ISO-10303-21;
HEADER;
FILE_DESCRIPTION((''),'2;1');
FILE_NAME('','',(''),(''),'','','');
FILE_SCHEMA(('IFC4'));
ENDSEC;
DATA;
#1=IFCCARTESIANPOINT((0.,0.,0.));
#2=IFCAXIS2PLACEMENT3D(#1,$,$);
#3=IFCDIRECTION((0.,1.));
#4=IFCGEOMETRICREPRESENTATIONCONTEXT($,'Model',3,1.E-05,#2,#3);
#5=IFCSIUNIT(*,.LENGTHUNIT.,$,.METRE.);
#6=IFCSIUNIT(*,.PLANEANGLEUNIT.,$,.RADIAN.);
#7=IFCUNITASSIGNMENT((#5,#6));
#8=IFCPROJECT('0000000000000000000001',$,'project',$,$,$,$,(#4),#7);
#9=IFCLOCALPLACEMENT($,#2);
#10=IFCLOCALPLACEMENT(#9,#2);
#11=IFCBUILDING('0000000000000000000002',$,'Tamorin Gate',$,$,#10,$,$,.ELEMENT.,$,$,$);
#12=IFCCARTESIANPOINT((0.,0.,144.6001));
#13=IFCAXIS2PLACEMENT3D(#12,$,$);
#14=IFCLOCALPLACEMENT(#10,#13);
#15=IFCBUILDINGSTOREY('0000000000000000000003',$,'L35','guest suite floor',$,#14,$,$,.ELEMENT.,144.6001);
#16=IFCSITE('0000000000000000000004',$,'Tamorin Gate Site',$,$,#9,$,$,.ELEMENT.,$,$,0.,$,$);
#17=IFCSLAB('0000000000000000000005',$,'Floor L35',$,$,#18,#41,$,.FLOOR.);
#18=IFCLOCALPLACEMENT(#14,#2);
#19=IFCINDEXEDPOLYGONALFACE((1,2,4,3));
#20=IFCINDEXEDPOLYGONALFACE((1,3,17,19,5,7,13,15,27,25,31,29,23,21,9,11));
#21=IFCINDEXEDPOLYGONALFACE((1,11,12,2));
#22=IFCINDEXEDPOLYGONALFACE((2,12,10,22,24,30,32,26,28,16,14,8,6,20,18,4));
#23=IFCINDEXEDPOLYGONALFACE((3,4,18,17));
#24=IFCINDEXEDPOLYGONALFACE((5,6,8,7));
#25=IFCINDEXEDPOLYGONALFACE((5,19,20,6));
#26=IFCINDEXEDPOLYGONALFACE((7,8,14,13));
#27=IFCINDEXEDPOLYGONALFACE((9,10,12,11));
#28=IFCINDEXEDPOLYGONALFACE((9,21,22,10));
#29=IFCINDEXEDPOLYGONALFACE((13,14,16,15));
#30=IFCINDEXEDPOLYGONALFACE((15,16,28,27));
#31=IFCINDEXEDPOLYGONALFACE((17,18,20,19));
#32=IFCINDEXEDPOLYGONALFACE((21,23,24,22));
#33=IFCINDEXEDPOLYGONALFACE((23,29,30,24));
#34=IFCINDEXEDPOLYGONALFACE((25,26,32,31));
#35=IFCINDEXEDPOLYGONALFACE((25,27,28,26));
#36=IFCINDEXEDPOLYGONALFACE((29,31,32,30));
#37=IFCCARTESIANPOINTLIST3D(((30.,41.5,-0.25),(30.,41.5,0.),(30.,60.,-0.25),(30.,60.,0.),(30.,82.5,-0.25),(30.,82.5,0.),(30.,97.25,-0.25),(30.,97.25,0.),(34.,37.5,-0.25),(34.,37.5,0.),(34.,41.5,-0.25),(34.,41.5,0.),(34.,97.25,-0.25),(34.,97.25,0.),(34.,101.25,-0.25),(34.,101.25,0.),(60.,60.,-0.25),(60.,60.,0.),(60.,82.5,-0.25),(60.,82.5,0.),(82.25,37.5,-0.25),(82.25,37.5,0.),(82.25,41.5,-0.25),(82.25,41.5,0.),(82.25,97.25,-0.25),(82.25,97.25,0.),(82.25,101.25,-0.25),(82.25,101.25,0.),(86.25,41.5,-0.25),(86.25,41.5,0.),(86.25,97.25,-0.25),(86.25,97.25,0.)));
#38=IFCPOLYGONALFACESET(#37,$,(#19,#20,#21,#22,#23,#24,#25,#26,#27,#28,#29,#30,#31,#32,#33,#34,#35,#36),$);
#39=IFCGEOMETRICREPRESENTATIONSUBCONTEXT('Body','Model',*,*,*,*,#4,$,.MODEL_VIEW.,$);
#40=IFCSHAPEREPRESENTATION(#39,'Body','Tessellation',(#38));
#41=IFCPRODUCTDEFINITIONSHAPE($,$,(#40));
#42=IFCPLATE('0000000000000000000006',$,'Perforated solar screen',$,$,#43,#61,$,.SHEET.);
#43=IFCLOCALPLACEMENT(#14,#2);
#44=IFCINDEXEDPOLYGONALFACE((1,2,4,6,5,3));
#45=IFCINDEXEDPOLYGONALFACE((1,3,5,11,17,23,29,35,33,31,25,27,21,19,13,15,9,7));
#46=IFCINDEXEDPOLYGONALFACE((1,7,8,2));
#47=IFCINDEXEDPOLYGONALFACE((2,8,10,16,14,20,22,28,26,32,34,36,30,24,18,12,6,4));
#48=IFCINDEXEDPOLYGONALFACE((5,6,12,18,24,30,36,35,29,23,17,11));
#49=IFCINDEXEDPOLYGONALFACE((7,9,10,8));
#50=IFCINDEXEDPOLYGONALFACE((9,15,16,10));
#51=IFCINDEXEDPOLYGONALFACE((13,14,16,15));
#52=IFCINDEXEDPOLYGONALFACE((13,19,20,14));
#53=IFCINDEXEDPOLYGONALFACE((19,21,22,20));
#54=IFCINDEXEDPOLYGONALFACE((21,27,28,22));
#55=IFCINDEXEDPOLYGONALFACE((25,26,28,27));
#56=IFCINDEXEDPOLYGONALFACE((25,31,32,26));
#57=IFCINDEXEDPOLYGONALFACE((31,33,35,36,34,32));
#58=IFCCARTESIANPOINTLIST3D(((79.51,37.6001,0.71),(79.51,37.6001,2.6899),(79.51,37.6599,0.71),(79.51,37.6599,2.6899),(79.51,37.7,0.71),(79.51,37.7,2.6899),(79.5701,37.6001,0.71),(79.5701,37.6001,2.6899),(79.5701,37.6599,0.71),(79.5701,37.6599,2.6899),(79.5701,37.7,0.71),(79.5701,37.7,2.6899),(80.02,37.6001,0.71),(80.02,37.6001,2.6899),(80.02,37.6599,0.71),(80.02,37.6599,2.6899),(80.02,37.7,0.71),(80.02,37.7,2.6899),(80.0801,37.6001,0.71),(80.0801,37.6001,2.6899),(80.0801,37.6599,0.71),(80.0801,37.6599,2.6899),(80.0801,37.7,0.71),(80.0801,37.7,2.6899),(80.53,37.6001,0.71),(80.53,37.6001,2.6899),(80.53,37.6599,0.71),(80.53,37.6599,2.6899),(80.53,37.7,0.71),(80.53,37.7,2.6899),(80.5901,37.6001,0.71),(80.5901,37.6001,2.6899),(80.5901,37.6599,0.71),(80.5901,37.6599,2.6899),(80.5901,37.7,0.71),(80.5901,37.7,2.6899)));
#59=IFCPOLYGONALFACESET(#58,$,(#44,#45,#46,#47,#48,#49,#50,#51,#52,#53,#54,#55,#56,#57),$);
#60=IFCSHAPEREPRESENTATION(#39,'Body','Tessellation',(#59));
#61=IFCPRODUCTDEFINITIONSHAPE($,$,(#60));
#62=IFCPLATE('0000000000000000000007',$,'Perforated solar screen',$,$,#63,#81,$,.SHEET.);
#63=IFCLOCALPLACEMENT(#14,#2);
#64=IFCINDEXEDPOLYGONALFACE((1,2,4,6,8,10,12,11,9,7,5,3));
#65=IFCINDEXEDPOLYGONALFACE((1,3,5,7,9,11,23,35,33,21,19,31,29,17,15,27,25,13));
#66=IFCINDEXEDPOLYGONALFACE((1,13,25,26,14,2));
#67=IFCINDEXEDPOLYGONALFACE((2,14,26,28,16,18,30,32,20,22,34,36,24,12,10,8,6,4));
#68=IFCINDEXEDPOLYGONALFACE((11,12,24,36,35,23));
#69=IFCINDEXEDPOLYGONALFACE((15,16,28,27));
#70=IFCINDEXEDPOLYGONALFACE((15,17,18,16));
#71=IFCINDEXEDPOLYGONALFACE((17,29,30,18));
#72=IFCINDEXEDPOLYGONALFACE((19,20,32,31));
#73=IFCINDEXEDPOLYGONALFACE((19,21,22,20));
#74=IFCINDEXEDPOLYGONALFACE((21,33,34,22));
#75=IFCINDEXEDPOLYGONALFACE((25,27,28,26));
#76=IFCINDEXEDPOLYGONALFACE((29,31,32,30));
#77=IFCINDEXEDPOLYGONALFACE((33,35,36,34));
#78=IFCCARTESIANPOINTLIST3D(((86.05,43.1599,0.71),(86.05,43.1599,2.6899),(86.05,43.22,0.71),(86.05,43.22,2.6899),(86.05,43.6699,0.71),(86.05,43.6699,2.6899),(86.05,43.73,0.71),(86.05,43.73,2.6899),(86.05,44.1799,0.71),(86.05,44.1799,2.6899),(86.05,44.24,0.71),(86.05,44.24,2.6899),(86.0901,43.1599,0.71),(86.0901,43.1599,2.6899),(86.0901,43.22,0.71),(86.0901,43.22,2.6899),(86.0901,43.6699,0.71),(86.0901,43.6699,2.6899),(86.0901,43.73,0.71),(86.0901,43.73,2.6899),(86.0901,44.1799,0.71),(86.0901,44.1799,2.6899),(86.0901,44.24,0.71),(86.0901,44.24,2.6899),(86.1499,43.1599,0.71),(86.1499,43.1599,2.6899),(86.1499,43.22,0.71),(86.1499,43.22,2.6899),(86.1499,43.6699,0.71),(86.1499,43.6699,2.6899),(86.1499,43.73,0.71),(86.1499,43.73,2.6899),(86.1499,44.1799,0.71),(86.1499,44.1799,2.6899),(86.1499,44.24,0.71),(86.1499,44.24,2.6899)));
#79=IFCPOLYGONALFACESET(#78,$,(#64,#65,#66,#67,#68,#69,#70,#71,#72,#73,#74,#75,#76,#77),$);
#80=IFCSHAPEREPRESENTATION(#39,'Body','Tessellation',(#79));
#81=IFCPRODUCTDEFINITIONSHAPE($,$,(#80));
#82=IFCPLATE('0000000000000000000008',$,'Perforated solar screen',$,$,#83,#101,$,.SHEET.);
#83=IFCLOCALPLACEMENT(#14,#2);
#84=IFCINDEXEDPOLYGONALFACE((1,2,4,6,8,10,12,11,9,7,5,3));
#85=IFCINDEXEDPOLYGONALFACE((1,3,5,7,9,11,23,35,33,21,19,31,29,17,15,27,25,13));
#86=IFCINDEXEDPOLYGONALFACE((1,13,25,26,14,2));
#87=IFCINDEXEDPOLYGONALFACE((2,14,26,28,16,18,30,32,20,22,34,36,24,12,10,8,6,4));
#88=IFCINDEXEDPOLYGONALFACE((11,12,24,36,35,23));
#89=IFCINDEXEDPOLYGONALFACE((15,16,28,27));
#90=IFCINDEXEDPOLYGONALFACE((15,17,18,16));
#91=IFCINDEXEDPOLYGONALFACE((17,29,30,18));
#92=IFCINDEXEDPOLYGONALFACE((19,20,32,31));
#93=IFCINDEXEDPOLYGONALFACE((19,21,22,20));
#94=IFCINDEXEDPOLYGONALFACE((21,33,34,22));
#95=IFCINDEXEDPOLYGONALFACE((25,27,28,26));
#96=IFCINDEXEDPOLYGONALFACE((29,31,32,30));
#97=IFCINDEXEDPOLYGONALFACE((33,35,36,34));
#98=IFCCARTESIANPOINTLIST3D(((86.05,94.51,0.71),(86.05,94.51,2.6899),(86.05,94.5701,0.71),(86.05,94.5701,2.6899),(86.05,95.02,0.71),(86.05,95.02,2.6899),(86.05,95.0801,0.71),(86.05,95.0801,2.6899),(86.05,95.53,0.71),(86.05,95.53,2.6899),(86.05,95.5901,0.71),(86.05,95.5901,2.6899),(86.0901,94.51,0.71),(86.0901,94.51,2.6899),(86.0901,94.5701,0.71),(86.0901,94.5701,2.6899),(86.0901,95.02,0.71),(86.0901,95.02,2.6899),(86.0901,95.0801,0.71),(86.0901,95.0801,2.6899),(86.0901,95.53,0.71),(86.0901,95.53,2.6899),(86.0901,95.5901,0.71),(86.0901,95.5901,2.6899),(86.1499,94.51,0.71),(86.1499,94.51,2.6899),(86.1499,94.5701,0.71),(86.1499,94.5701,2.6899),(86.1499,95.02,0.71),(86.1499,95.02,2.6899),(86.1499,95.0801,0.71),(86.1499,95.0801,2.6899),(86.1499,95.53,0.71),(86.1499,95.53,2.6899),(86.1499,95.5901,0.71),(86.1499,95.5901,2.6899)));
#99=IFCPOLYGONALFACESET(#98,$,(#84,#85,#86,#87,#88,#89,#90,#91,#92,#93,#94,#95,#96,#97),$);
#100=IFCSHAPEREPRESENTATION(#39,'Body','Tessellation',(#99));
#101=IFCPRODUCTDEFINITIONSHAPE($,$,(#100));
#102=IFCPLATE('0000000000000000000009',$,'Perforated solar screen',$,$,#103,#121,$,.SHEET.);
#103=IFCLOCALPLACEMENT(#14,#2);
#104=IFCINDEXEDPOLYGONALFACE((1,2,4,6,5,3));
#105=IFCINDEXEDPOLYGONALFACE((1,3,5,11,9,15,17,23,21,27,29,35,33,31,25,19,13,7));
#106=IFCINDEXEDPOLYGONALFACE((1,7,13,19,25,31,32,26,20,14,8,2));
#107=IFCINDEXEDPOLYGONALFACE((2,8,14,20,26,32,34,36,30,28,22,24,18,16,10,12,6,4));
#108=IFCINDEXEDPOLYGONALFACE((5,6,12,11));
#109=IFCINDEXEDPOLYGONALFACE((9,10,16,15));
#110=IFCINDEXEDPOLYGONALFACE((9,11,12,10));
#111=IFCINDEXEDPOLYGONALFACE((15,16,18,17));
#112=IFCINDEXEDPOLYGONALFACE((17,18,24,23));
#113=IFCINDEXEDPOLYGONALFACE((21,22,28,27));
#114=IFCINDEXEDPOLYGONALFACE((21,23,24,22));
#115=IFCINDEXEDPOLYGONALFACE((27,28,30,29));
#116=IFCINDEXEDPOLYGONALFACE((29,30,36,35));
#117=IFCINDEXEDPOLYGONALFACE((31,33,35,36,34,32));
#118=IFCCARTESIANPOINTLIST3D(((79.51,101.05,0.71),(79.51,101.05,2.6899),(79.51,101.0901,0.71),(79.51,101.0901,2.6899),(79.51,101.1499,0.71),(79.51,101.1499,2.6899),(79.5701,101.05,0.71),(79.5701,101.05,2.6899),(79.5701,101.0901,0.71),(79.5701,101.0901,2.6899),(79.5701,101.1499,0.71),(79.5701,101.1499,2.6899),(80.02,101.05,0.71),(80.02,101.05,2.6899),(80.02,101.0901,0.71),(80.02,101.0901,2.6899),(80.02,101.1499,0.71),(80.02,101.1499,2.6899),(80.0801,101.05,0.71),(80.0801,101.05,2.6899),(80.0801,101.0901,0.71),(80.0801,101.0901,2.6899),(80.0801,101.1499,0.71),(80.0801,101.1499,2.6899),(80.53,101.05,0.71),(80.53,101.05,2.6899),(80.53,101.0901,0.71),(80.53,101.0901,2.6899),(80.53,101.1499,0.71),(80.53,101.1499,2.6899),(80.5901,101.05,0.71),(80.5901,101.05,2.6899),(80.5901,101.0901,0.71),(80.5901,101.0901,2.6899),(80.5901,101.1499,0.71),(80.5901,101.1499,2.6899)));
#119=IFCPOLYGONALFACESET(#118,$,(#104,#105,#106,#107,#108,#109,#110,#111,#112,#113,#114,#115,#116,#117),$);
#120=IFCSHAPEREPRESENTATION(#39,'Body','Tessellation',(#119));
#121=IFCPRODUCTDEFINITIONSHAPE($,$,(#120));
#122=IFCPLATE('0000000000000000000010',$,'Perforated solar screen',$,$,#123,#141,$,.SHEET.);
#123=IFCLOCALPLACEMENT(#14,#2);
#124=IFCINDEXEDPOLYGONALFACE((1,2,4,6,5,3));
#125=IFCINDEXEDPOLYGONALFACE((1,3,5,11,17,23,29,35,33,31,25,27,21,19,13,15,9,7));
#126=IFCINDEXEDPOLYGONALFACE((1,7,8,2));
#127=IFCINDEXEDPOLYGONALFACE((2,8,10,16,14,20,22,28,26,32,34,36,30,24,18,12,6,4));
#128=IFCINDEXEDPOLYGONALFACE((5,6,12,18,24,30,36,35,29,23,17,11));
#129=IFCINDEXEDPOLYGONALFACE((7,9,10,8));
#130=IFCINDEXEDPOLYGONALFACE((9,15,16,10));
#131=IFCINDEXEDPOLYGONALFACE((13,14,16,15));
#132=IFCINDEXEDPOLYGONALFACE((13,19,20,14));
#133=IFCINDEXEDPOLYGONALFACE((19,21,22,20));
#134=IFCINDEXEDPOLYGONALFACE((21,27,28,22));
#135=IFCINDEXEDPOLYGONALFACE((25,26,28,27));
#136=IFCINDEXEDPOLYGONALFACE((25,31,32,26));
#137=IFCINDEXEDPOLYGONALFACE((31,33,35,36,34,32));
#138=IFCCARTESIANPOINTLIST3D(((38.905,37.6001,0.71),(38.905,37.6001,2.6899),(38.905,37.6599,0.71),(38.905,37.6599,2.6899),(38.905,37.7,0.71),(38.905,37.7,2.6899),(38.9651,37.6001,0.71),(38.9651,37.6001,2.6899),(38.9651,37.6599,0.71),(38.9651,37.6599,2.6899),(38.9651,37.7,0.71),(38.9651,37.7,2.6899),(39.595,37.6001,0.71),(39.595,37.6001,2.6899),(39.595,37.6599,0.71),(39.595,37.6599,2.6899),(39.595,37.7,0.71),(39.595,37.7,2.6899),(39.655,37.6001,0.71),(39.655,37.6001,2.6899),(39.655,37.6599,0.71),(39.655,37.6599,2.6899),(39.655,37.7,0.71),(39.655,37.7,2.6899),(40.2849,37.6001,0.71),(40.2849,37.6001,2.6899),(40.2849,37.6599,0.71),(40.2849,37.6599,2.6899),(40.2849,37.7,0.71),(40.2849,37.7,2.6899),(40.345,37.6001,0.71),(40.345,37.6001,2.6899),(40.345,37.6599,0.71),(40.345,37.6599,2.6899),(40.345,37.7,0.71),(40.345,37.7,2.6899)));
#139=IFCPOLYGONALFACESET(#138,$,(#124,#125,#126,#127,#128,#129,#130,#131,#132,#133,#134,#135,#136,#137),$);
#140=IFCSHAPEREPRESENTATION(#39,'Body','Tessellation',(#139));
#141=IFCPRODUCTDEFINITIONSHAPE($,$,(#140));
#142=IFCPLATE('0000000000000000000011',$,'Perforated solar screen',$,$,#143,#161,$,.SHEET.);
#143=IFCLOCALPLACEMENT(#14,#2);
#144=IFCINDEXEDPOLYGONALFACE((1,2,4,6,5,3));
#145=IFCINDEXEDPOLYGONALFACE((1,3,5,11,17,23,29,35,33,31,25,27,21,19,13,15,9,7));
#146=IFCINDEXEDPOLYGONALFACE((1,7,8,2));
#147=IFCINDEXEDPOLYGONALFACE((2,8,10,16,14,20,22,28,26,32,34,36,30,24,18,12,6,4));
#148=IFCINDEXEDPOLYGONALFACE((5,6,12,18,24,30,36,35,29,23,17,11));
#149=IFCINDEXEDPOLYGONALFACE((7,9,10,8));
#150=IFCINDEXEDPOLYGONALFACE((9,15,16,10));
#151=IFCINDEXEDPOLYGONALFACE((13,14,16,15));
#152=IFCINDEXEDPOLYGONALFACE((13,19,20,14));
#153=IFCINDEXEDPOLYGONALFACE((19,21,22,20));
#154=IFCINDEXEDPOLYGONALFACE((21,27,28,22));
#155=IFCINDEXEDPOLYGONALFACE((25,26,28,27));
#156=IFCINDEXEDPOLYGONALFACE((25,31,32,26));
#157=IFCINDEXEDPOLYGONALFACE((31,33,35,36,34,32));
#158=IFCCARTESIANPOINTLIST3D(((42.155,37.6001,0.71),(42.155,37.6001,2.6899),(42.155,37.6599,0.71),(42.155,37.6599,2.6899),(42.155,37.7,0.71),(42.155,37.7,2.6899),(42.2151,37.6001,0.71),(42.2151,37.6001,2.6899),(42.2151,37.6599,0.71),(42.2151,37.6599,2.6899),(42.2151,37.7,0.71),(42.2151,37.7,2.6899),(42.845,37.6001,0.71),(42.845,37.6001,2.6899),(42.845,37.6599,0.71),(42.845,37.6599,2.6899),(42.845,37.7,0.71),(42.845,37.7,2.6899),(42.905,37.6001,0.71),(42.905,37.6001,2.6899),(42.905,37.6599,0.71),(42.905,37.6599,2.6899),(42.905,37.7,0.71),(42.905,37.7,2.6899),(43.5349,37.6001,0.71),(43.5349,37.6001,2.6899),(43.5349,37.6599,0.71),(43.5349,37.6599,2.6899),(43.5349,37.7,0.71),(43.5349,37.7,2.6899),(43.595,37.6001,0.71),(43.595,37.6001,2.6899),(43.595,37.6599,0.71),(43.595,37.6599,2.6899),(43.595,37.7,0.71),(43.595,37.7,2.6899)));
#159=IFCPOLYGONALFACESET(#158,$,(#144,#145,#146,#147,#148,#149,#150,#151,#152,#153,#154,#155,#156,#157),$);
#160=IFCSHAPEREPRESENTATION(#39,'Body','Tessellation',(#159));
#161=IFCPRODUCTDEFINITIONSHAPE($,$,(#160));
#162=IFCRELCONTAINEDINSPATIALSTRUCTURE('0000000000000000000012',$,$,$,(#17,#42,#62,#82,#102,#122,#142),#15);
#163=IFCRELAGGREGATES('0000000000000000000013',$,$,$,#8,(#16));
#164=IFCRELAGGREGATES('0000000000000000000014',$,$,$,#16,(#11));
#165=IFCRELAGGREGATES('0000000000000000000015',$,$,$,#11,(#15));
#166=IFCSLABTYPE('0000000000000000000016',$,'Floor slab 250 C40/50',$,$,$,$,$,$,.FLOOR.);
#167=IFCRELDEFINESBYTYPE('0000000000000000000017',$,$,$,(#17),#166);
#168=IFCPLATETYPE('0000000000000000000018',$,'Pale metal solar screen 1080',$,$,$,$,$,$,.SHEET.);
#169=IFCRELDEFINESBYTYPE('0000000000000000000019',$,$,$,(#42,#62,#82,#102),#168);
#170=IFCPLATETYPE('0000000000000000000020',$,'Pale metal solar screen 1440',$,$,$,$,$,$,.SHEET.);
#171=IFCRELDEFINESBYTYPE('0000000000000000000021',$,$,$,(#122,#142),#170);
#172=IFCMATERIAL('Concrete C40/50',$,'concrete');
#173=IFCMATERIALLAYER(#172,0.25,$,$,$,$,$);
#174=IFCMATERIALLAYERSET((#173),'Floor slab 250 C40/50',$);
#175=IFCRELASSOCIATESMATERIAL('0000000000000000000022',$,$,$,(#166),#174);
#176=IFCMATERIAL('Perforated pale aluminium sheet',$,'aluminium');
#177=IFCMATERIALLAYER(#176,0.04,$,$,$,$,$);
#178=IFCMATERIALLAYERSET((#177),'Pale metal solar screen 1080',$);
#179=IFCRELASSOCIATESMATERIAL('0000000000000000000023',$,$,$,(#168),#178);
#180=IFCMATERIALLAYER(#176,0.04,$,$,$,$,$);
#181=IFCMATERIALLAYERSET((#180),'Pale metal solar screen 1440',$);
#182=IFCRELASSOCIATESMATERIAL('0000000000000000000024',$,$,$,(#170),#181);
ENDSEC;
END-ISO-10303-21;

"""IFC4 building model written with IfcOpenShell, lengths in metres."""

from ifc_helpers import new_model, si_unit, direction, frame, origin, place, context, subcontext, project, spatial, polyline, outline, extrude, material, layer, layer_set, type_object, element, save


model = new_model("IFC4")

# Units and contexts
model_context = context("Model", 3, precision=1e-05, world=origin(), true_north=direction((0.0, 1.0)))
body_context = subcontext(model_context, "Body", "Model", "MODEL_VIEW")
ifc_project = project(units=[si_unit("LENGTHUNIT", "METRE"), si_unit("PLANEANGLEUNIT", "RADIAN")], contexts=[model_context])

# Site, building, storey
site_placement = place(None, origin())
site = spatial("IfcSite", under=ifc_project, at=site_placement, Name="Tamorin Gate Site", CompositionType="ELEMENT", RefElevation=0.0)
building_placement = place(site_placement, origin())
building = spatial("IfcBuilding", under=site, at=building_placement, Name="Tamorin Gate", CompositionType="ELEMENT")
storey_placement = place(building_placement, frame((0.0, 0.0, 144.6001)))
storey = spatial("IfcBuildingStorey", under=building, at=storey_placement, Name="L35", Description="guest suite floor", CompositionType="ELEMENT", Elevation=144.6001)

# Slab
ifc_material_1 = material(Name="Concrete C40/50", Category="concrete")
ifc_layer_1 = layer(ifc_material_1, 0.25)
ifc_layer_set_1 = layer_set([ifc_layer_1], Name="Floor slab 250 C40/50")
slab_type = type_object("IfcSlabType", Name="Floor slab 250 C40/50", PredefinedType="FLOOR", material=ifc_layer_set_1)
slab_placement = place(storey_placement, frame((0.0, 0.0, -0.25)))
element("IfcSlab", 1, at=slab_placement, inside=storey, type_object=slab_type, Name="Floor L35", PredefinedType="FLOOR", context=body_context, shape_type="SweptSolid", body=[
    extrude(outline(polyline([(30.0, 97.25), (34.0, 97.25), (34.0, 101.25), (82.25, 101.25), (82.25, 97.25), (86.25, 97.25), (86.25, 41.5), (82.25, 41.5), (82.25, 37.5), (34.0, 37.5), (34.0, 41.5), (30.0, 41.5), (30.0, 60.0), (60.0, 60.0), (60.0, 82.5), (30.0, 82.5), (30.0, 97.25)])), origin(), (0.0, 0.0, 1.0), 0.25),
])

# Plates
ifc_material_2 = material(Name="Perforated pale aluminium sheet", Category="aluminium")
ifc_layer_2 = layer(ifc_material_2, 0.04)
ifc_layer_set_2 = layer_set([ifc_layer_2], Name="Pale metal solar screen 1080")
plate_type_1 = type_object("IfcPlateType", Name="Pale metal solar screen 1080", PredefinedType="SHEET", material=ifc_layer_set_2)
plate_1_placement = place(storey_placement, frame((0.0, 0.0, 0.71)))
element("IfcPlate", 2, at=plate_1_placement, inside=storey, type_object=plate_type_1, Name="Perforated solar screen", PredefinedType="SHEET", context=body_context, shape_type="SweptSolid", body=[
    extrude(outline(polyline([(79.51, 37.6599), (79.51, 37.7), (79.5701, 37.7), (80.02, 37.7), (80.0801, 37.7), (80.53, 37.7), (80.5901, 37.7), (80.5901, 37.6599), (80.5901, 37.6001), (80.53, 37.6001), (80.53, 37.6599), (80.0801, 37.6599), (80.0801, 37.6001), (80.02, 37.6001), (80.02, 37.6599), (79.5701, 37.6599), (79.5701, 37.6001), (79.51, 37.6001), (79.51, 37.6599)])), origin(), (0.0, 0.0, 1.0), 1.98),
])
plate_2_placement = place(storey_placement, frame((0.0, 0.0, 0.71)))
element("IfcPlate", 3, at=plate_2_placement, inside=storey, type_object=plate_type_1, Name="Perforated solar screen", PredefinedType="SHEET", context=body_context, shape_type="SweptSolid", body=[
    extrude(outline(polyline([(86.0901, 43.1599), (86.05, 43.1599), (86.05, 43.22), (86.05, 43.6699), (86.05, 43.73), (86.05, 44.1799), (86.05, 44.24), (86.0901, 44.24), (86.1499, 44.24), (86.1499, 44.1799), (86.0901, 44.1799), (86.0901, 43.73), (86.1499, 43.73), (86.1499, 43.6699), (86.0901, 43.6699), (86.0901, 43.22), (86.1499, 43.22), (86.1499, 43.1599), (86.0901, 43.1599)])), origin(), (0.0, 0.0, 1.0), 1.98),
])
plate_3_placement = place(storey_placement, frame((0.0, 0.0, 0.71)))
element("IfcPlate", 4, at=plate_3_placement, inside=storey, type_object=plate_type_1, Name="Perforated solar screen", PredefinedType="SHEET", context=body_context, shape_type="SweptSolid", body=[
    extrude(outline(polyline([(86.0901, 94.51), (86.05, 94.51), (86.05, 94.5701), (86.05, 95.02), (86.05, 95.0801), (86.05, 95.53), (86.05, 95.5901), (86.0901, 95.5901), (86.1499, 95.5901), (86.1499, 95.53), (86.0901, 95.53), (86.0901, 95.0801), (86.1499, 95.0801), (86.1499, 95.02), (86.0901, 95.02), (86.0901, 94.5701), (86.1499, 94.5701), (86.1499, 94.51), (86.0901, 94.51)])), origin(), (0.0, 0.0, 1.0), 1.98),
])
plate_4_placement = place(storey_placement, frame((0.0, 0.0, 0.71)))
element("IfcPlate", 5, at=plate_4_placement, inside=storey, type_object=plate_type_1, Name="Perforated solar screen", PredefinedType="SHEET", context=body_context, shape_type="SweptSolid", body=[
    extrude(outline(polyline([(80.5901, 101.0901), (80.5901, 101.05), (80.53, 101.05), (80.0801, 101.05), (80.02, 101.05), (79.5701, 101.05), (79.51, 101.05), (79.51, 101.0901), (79.51, 101.1499), (79.5701, 101.1499), (79.5701, 101.0901), (80.02, 101.0901), (80.02, 101.1499), (80.0801, 101.1499), (80.0801, 101.0901), (80.53, 101.0901), (80.53, 101.1499), (80.5901, 101.1499), (80.5901, 101.0901)])), origin(), (0.0, 0.0, 1.0), 1.98),
])
ifc_layer_3 = layer(ifc_material_2, 0.04)
ifc_layer_set_3 = layer_set([ifc_layer_3], Name="Pale metal solar screen 1440")
plate_type_2 = type_object("IfcPlateType", Name="Pale metal solar screen 1440", PredefinedType="SHEET", material=ifc_layer_set_3)
plate_5_placement = place(storey_placement, frame((0.0, 0.0, 0.71)))
element("IfcPlate", 6, at=plate_5_placement, inside=storey, type_object=plate_type_2, Name="Perforated solar screen", PredefinedType="SHEET", context=body_context, shape_type="SweptSolid", body=[
    extrude(outline(polyline([(38.905, 37.6599), (38.905, 37.7), (38.9651, 37.7), (39.595, 37.7), (39.655, 37.7), (40.2849, 37.7), (40.345, 37.7), (40.345, 37.7), (40.345, 37.6599), (40.345, 37.6599), (40.345, 37.6001), (40.2849, 37.6001), (40.2849, 37.6599), (39.655, 37.6599), (39.655, 37.6001), (39.595, 37.6001), (39.595, 37.6599), (38.9651, 37.6599), (38.9651, 37.6001), (38.905, 37.6001), (38.905, 37.6599)])), origin(), (0.0, 0.0, 1.0), 1.98),
])
plate_6_placement = place(storey_placement, frame((0.0, 0.0, 0.71)))
element("IfcPlate", 7, at=plate_6_placement, inside=storey, type_object=plate_type_2, Name="Perforated solar screen", PredefinedType="SHEET", context=body_context, shape_type="SweptSolid", body=[
    extrude(outline(polyline([(42.155, 37.6599), (42.155, 37.7), (42.2151, 37.7), (42.845, 37.7), (42.905, 37.7), (43.5349, 37.7), (43.595, 37.7), (43.595, 37.6599), (43.595, 37.6001), (43.5349, 37.6001), (43.5349, 37.6599), (42.905, 37.6599), (42.905, 37.6001), (42.845, 37.6001), (42.845, 37.6599), (42.2151, 37.6599), (42.2151, 37.6001), (42.155, 37.6001), (42.155, 37.6599)])), origin(), (0.0, 0.0, 1.0), 1.98),
])

save(model, "model.ifc")
